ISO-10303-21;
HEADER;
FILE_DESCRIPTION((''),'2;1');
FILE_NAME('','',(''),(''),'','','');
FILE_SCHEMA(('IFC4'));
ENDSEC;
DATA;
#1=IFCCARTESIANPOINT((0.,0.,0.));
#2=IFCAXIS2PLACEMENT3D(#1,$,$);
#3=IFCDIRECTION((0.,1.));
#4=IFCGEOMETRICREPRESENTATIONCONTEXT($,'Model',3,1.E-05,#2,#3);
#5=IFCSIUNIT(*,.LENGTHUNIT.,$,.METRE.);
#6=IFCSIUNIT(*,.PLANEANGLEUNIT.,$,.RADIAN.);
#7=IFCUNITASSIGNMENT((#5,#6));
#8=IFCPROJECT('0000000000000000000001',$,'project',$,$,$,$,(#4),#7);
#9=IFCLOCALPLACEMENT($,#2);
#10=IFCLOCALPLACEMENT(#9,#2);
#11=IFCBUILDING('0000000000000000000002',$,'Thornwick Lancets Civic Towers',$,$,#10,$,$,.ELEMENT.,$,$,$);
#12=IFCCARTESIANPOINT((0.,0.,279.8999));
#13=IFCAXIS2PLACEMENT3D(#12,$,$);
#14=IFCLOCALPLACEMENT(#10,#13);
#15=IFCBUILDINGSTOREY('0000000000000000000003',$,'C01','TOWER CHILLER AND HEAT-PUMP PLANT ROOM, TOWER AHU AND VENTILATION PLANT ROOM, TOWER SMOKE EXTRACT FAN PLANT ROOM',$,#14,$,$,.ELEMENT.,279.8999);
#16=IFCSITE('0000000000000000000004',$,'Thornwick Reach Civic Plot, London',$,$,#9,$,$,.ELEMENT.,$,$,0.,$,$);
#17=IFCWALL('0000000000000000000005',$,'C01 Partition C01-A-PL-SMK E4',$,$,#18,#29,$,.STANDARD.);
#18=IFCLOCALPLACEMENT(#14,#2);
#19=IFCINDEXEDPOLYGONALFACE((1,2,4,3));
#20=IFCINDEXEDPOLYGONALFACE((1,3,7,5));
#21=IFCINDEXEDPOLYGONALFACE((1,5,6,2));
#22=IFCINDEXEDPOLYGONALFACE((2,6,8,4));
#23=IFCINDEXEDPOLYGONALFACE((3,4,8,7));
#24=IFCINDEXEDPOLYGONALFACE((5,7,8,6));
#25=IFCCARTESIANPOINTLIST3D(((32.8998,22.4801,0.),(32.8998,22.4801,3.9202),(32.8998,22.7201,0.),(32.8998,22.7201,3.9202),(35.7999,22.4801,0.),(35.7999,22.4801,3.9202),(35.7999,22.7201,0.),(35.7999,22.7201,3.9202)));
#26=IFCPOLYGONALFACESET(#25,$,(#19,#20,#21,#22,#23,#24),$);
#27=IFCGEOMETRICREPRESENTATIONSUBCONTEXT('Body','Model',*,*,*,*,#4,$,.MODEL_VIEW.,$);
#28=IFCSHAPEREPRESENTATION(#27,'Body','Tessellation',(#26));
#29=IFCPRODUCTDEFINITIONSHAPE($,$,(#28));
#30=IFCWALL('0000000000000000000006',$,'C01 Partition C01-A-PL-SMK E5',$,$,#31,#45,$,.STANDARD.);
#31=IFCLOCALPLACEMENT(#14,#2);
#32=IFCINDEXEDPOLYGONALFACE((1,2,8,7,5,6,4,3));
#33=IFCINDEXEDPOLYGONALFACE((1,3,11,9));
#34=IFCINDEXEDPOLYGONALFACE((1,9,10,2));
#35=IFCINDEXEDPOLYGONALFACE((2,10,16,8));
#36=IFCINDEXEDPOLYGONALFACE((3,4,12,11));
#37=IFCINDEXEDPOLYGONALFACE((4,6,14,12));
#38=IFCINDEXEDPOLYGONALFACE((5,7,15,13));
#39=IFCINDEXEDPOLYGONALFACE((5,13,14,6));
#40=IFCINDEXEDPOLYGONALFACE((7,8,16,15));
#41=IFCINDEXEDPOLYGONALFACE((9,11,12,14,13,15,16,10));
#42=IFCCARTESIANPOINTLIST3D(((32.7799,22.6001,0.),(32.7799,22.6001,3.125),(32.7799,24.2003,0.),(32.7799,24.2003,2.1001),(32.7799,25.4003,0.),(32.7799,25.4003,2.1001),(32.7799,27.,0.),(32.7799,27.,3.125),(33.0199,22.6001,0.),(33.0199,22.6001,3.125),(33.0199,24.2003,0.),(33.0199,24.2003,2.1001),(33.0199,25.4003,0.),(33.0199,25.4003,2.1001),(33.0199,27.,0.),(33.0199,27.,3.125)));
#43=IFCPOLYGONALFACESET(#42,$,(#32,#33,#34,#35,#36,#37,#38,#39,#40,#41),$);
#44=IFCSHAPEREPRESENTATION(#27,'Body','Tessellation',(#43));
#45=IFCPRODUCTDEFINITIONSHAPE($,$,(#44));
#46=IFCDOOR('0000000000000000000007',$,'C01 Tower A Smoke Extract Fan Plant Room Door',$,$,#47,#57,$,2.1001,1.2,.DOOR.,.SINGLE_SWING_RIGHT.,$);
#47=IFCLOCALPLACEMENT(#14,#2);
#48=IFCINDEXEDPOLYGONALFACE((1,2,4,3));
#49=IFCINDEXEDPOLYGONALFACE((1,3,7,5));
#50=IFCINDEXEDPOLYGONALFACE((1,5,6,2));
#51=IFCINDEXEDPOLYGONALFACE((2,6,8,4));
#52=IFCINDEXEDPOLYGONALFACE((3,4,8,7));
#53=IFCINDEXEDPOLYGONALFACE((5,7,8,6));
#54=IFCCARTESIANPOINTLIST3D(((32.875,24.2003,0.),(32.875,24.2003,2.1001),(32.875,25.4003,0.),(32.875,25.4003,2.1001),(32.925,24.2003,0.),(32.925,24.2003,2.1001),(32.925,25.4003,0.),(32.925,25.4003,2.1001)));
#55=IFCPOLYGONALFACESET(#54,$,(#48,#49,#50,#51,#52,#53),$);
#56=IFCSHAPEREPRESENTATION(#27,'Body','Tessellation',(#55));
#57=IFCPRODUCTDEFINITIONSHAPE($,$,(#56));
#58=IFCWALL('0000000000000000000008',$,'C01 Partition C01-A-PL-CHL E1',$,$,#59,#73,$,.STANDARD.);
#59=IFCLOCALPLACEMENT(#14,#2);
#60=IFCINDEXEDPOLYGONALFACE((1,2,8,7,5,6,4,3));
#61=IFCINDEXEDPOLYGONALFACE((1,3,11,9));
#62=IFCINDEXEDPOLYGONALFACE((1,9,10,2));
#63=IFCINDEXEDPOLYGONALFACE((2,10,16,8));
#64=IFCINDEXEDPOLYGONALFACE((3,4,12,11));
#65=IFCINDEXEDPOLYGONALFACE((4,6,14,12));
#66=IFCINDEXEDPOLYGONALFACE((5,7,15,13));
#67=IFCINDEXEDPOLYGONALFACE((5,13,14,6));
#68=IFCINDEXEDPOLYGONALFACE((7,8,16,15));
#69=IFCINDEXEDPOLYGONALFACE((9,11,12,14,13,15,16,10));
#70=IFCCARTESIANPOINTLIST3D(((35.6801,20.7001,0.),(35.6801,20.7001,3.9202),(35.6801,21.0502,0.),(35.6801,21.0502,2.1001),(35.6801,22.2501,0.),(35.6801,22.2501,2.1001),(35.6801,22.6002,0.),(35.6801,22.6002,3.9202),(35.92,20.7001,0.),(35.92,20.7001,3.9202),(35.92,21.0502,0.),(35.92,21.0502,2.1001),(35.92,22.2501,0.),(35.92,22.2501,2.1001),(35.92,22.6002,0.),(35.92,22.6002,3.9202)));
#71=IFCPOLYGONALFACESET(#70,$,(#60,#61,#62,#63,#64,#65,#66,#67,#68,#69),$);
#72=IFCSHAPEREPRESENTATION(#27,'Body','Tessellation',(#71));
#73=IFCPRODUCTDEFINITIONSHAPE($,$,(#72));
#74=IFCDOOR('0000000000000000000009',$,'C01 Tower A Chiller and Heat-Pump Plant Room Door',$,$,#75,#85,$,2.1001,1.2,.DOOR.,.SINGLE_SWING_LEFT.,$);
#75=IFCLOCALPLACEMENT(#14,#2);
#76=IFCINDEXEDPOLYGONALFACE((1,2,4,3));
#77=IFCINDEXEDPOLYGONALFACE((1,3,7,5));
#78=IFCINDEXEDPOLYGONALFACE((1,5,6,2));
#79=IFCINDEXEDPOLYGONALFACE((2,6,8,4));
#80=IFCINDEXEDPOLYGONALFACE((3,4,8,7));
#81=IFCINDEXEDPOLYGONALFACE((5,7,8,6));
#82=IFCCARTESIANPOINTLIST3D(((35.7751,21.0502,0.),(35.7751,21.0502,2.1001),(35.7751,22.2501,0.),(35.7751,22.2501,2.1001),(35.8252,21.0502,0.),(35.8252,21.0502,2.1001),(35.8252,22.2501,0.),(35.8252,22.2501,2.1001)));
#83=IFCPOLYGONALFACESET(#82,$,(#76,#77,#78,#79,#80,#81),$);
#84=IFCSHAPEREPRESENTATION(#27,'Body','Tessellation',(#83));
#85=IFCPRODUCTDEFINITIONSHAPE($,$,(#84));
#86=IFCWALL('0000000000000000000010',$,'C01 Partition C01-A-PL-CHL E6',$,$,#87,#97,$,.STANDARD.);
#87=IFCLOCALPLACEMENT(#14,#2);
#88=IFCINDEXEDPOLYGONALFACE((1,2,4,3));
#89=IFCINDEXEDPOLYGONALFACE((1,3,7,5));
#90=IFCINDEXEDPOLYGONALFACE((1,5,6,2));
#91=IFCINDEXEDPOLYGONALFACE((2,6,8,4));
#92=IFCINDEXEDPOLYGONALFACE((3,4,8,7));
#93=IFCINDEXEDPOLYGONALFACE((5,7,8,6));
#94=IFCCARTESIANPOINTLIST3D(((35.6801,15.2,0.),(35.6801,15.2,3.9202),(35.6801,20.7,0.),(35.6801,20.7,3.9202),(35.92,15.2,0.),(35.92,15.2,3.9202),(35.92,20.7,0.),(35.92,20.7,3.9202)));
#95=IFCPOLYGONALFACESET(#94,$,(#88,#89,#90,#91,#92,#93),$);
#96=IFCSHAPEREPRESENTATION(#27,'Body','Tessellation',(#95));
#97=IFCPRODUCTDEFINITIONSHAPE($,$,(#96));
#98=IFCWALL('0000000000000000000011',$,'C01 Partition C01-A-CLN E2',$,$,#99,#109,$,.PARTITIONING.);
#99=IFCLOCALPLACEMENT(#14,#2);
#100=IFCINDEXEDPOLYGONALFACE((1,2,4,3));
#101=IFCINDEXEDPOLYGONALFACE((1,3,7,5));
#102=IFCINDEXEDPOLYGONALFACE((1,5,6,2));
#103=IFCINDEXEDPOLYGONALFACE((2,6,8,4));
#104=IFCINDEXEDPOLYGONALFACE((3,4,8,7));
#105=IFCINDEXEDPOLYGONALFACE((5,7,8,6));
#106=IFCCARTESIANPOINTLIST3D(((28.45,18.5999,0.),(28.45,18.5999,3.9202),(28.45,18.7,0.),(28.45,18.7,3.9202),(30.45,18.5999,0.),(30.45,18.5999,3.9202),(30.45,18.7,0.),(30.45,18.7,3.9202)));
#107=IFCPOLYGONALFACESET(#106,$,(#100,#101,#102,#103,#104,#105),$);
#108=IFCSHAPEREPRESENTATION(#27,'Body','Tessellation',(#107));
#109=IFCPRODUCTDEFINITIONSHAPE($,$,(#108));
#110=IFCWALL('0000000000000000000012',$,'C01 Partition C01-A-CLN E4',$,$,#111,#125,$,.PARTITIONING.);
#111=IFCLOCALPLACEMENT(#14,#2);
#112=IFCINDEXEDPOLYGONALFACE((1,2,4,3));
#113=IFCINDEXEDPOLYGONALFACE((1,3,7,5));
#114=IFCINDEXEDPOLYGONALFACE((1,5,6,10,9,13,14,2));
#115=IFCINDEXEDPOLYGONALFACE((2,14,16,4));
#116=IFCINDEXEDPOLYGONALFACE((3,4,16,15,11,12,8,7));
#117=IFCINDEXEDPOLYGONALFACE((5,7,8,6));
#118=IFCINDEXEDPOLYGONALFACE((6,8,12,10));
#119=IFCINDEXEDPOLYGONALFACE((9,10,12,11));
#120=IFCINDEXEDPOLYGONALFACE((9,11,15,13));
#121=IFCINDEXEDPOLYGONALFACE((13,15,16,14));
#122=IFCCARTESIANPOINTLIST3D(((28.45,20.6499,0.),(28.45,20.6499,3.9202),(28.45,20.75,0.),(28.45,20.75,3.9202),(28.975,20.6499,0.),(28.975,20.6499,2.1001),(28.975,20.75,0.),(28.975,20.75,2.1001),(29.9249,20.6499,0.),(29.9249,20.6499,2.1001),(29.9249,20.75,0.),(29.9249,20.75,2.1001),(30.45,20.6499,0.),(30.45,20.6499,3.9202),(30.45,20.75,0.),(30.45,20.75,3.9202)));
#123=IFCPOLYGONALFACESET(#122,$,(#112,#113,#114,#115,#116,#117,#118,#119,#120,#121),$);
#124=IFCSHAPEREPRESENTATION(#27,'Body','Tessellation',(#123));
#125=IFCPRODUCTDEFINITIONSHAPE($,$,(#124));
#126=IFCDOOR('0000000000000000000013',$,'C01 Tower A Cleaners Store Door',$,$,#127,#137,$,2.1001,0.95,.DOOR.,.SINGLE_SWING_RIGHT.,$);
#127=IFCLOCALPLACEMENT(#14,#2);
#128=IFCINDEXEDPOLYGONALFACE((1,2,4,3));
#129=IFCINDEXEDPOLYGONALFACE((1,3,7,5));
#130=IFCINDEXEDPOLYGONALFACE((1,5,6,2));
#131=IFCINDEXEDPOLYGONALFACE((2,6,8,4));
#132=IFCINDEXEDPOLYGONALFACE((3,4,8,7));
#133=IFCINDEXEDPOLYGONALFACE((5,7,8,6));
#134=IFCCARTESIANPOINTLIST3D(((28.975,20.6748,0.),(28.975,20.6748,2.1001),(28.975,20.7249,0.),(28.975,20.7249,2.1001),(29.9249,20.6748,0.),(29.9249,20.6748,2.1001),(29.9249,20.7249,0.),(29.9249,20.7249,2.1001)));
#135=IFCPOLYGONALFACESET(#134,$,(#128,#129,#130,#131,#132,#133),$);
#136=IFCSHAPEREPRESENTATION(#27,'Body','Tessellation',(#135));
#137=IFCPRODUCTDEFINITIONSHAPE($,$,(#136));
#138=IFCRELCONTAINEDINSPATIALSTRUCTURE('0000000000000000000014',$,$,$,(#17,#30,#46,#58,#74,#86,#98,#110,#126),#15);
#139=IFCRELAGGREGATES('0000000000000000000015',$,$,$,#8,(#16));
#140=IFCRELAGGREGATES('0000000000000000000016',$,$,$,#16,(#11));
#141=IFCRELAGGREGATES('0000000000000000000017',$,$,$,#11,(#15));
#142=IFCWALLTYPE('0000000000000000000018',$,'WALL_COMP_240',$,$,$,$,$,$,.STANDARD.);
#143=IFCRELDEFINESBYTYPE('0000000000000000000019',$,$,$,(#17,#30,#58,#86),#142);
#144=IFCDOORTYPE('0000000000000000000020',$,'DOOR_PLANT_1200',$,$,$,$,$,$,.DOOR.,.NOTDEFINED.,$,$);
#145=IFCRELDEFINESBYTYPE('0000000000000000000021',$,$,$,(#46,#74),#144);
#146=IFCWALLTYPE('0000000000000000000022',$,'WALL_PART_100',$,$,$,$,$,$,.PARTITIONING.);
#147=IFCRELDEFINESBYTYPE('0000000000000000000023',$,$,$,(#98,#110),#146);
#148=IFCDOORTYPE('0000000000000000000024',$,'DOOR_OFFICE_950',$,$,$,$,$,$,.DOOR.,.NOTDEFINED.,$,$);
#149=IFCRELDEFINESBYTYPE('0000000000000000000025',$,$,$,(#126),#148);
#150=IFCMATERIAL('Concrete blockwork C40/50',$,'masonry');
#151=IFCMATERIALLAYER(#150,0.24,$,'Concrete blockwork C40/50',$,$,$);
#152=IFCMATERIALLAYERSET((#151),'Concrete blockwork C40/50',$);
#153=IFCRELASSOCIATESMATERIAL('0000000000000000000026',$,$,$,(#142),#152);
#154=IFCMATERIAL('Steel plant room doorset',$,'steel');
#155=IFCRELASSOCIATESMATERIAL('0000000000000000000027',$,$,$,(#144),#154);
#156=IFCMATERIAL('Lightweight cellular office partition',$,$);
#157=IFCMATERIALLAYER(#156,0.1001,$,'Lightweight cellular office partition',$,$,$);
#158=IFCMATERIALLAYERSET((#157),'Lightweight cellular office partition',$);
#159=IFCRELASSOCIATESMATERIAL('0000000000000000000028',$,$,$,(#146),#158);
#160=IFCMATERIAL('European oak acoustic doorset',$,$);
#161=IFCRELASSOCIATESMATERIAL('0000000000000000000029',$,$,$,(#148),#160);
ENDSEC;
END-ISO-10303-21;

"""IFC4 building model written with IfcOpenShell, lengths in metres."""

from ifc_helpers import new_model, si_unit, direction, frame, frame_2d, origin, place, context, subcontext, project, spatial, rectangle, extrude, material, layer, layer_set, type_object, element, fill, save


model = new_model("IFC4")

# Units and contexts
model_context = context("Model", 3, precision=1e-05, world=origin(), true_north=direction((0.0, 1.0)))
body_context = subcontext(model_context, "Body", "Model", "MODEL_VIEW")
ifc_project = project(units=[si_unit("LENGTHUNIT", "METRE"), si_unit("PLANEANGLEUNIT", "RADIAN")], contexts=[model_context])

# Site, building, storey
site_placement = place(None, origin())
site = spatial("IfcSite", under=ifc_project, at=site_placement, Name="Thornwick Reach Civic Plot, London", CompositionType="ELEMENT", RefElevation=0.0)
building_placement = place(site_placement, origin())
building = spatial("IfcBuilding", under=site, at=building_placement, Name="Thornwick Lancets Civic Towers", CompositionType="ELEMENT")
storey_placement = place(building_placement, frame((0.0, 0.0, 279.8999)))
storey = spatial("IfcBuildingStorey", under=building, at=storey_placement, Name="C01", Description="TOWER CHILLER AND HEAT-PUMP PLANT ROOM, TOWER AHU AND VENTILATION PLANT ROOM, TOWER SMOKE EXTRACT FAN PLANT ROOM", CompositionType="ELEMENT", Elevation=279.8999)

# Shared definitions
ifc_material_1 = material(Name="Concrete blockwork C40/50", Category="masonry")

# Wall
ifc_layer_1 = layer(ifc_material_1, 0.24, Name="Concrete blockwork C40/50")
ifc_layer_set_1 = layer_set([ifc_layer_1], Name="Concrete blockwork C40/50")
wall_type_1 = type_object("IfcWallType", Name="WALL_COMP_240", PredefinedType="STANDARD", material=ifc_layer_set_1)
wall_1_placement = place(storey_placement, frame((35.8, 22.6001, 0.0), z_axis=(0.0, 0.0, 1.0), x_axis=(-1.0, 0.0, 0.0)))
element("IfcWall", 1, at=wall_1_placement, inside=storey, type_object=wall_type_1, Name="C01 Partition C01-A-PL-SMK E4", PredefinedType="STANDARD", context=body_context, shape_type="SweptSolid", body=[
    extrude(rectangle(XDim=2.9001, YDim=0.24, at=frame_2d((1.4502, 0.0))), origin(), (0.0, 0.0, 1.0), 3.9202),
])

# Walls, openings, doors
wall_2_placement = place(storey_placement, frame((32.8999, 22.6001, 0.0), z_axis=(0.0, 0.0, 1.0), x_axis=(0.0, 1.0, 0.0)))
wall_2 = element("IfcWall", 2, at=wall_2_placement, inside=storey, type_object=wall_type_1, Name="C01 Partition C01-A-PL-SMK E5", PredefinedType="STANDARD", context=body_context, shape_type="SweptSolid", body=[
    extrude(rectangle(XDim=4.3999, YDim=0.24, at=frame_2d((2.2, 0.0))), origin(), (0.0, 0.0, 1.0), 3.125),
])
opening_1_placement = place(wall_2_placement, frame((1.6001, 0.0, 0.0)))
opening_1 = element("IfcOpeningElement", 3, at=opening_1_placement, cuts=wall_2, PredefinedType="OPENING", context=body_context, shape_type="SweptSolid", body=[
    extrude(rectangle(XDim=1.2, YDim=2.1001, at=frame_2d((0.6001, 1.05))), frame((0.0, 0.1299, 0.0), z_axis=(0.0, -1.0, 0.0), x_axis=(1.0, 0.0, 0.0)), (0.0, 0.0, 1.0), 0.26),
])
ifc_material_2 = material(Name="Steel plant room doorset", Category="steel")
door_type_1 = type_object("IfcDoorType", Name="DOOR_PLANT_1200", OperationType="NOTDEFINED", PredefinedType="DOOR", material=ifc_material_2)
door_1_placement = place(opening_1_placement, origin())
door_1 = element("IfcDoor", 4, at=door_1_placement, inside=storey, type_object=door_type_1, Name="C01 Tower A Smoke Extract Fan Plant Room Door", OperationType="SINGLE_SWING_RIGHT", OverallHeight=2.1001, OverallWidth=1.2, PredefinedType="DOOR", context=body_context, shape_type="SweptSolid", body=[
    extrude(rectangle(XDim=1.2, YDim=2.1001, at=frame_2d((0.6001, 1.05))), frame((0.0, 0.0249, 0.0), z_axis=(0.0, -1.0, 0.0), x_axis=(1.0, 0.0, 0.0)), (0.0, 0.0, 1.0), 0.05),
])
fill(opening_1, door_1)
wall_3_placement = place(storey_placement, frame((35.8, 20.7, 0.0), z_axis=(0.0, 0.0, 1.0), x_axis=(0.0, 1.0, 0.0)))
wall_3 = element("IfcWall", 5, at=wall_3_placement, inside=storey, type_object=wall_type_1, Name="C01 Partition C01-A-PL-CHL E1", PredefinedType="STANDARD", context=body_context, shape_type="SweptSolid", body=[
    extrude(rectangle(XDim=1.9001, YDim=0.24, at=frame_2d((0.9502, 0.0))), origin(), (0.0, 0.0, 1.0), 3.9202),
])
opening_2_placement = place(wall_3_placement, frame((0.3501, 0.0, 0.0)))
opening_2 = element("IfcOpeningElement", 6, at=opening_2_placement, cuts=wall_3, PredefinedType="OPENING", context=body_context, shape_type="SweptSolid", body=[
    extrude(rectangle(XDim=1.2, YDim=2.1001, at=frame_2d((0.6001, 1.05))), frame((0.0, 0.1299, 0.0), z_axis=(0.0, -1.0, 0.0), x_axis=(1.0, 0.0, 0.0)), (0.0, 0.0, 1.0), 0.26),
])
door_2_placement = place(opening_2_placement, origin())
door_2 = element("IfcDoor", 7, at=door_2_placement, inside=storey, type_object=door_type_1, Name="C01 Tower A Chiller and Heat-Pump Plant Room Door", OperationType="SINGLE_SWING_LEFT", OverallHeight=2.1001, OverallWidth=1.2, PredefinedType="DOOR", context=body_context, shape_type="SweptSolid", body=[
    extrude(rectangle(XDim=1.2, YDim=2.1001, at=frame_2d((0.6001, 1.05))), frame((0.0, 0.0249, 0.0), z_axis=(0.0, -1.0, 0.0), x_axis=(1.0, 0.0, 0.0)), (0.0, 0.0, 1.0), 0.05),
])
fill(opening_2, door_2)

# Walls
wall_4_placement = place(storey_placement, frame((35.8, 15.2, 0.0), z_axis=(0.0, 0.0, 1.0), x_axis=(0.0, 1.0, 0.0)))
element("IfcWall", 8, at=wall_4_placement, inside=storey, type_object=wall_type_1, Name="C01 Partition C01-A-PL-CHL E6", PredefinedType="STANDARD", context=body_context, shape_type="SweptSolid", body=[
    extrude(rectangle(XDim=5.5, YDim=0.24, at=frame_2d((2.75, 0.0))), origin(), (0.0, 0.0, 1.0), 3.9202),
])
ifc_material_3 = material(Name="Lightweight cellular office partition")
ifc_layer_2 = layer(ifc_material_3, 0.1001, Name="Lightweight cellular office partition")
ifc_layer_set_2 = layer_set([ifc_layer_2], Name="Lightweight cellular office partition")
wall_type_2 = type_object("IfcWallType", Name="WALL_PART_100", PredefinedType="PARTITIONING", material=ifc_layer_set_2)
wall_5_placement = place(storey_placement, frame((30.45, 18.6499, 0.0), z_axis=(0.0, 0.0, 1.0), x_axis=(-1.0, 0.0, 0.0)))
element("IfcWall", 9, at=wall_5_placement, inside=storey, type_object=wall_type_2, Name="C01 Partition C01-A-CLN E2", PredefinedType="PARTITIONING", context=body_context, shape_type="SweptSolid", body=[
    extrude(rectangle(XDim=2.0, YDim=0.1001, at=frame_2d((1.0, 0.0))), origin(), (0.0, 0.0, 1.0), 3.9202),
])

# Wall, opening, door
wall_6_placement = place(storey_placement, frame((28.45, 20.7, 0.0), z_axis=(0.0, 0.0, 1.0), x_axis=(1.0, 0.0, 0.0)))
wall_6 = element("IfcWall", 10, at=wall_6_placement, inside=storey, type_object=wall_type_2, Name="C01 Partition C01-A-CLN E4", PredefinedType="PARTITIONING", context=body_context, shape_type="SweptSolid", body=[
    extrude(rectangle(XDim=2.0, YDim=0.1001, at=frame_2d((1.0, 0.0))), origin(), (0.0, 0.0, 1.0), 3.9202),
])
opening_3_placement = place(wall_6_placement, frame((0.5249, 0.0, 0.0)))
opening_3 = element("IfcOpeningElement", 11, at=opening_3_placement, cuts=wall_6, PredefinedType="OPENING", context=body_context, shape_type="SweptSolid", body=[
    extrude(rectangle(XDim=0.95, YDim=2.1001, at=frame_2d((0.4751, 1.05))), frame((0.0, 0.0601, 0.0), z_axis=(0.0, -1.0, 0.0), x_axis=(1.0, 0.0, 0.0)), (0.0, 0.0, 1.0), 0.1201),
])
ifc_material_4 = material(Name="European oak acoustic doorset")
door_type_2 = type_object("IfcDoorType", Name="DOOR_OFFICE_950", OperationType="NOTDEFINED", PredefinedType="DOOR", material=ifc_material_4)
door_3_placement = place(opening_3_placement, origin())
door_3 = element("IfcDoor", 12, at=door_3_placement, inside=storey, type_object=door_type_2, Name="C01 Tower A Cleaners Store Door", OperationType="SINGLE_SWING_RIGHT", OverallHeight=2.1001, OverallWidth=0.95, PredefinedType="DOOR", context=body_context, shape_type="SweptSolid", body=[
    extrude(rectangle(XDim=0.95, YDim=2.1001, at=frame_2d((0.4751, 1.05))), frame((0.0, 0.0249, 0.0), z_axis=(0.0, -1.0, 0.0), x_axis=(1.0, 0.0, 0.0)), (0.0, 0.0, 1.0), 0.05),
])
fill(opening_3, door_3)

save(model, "model.ifc")
